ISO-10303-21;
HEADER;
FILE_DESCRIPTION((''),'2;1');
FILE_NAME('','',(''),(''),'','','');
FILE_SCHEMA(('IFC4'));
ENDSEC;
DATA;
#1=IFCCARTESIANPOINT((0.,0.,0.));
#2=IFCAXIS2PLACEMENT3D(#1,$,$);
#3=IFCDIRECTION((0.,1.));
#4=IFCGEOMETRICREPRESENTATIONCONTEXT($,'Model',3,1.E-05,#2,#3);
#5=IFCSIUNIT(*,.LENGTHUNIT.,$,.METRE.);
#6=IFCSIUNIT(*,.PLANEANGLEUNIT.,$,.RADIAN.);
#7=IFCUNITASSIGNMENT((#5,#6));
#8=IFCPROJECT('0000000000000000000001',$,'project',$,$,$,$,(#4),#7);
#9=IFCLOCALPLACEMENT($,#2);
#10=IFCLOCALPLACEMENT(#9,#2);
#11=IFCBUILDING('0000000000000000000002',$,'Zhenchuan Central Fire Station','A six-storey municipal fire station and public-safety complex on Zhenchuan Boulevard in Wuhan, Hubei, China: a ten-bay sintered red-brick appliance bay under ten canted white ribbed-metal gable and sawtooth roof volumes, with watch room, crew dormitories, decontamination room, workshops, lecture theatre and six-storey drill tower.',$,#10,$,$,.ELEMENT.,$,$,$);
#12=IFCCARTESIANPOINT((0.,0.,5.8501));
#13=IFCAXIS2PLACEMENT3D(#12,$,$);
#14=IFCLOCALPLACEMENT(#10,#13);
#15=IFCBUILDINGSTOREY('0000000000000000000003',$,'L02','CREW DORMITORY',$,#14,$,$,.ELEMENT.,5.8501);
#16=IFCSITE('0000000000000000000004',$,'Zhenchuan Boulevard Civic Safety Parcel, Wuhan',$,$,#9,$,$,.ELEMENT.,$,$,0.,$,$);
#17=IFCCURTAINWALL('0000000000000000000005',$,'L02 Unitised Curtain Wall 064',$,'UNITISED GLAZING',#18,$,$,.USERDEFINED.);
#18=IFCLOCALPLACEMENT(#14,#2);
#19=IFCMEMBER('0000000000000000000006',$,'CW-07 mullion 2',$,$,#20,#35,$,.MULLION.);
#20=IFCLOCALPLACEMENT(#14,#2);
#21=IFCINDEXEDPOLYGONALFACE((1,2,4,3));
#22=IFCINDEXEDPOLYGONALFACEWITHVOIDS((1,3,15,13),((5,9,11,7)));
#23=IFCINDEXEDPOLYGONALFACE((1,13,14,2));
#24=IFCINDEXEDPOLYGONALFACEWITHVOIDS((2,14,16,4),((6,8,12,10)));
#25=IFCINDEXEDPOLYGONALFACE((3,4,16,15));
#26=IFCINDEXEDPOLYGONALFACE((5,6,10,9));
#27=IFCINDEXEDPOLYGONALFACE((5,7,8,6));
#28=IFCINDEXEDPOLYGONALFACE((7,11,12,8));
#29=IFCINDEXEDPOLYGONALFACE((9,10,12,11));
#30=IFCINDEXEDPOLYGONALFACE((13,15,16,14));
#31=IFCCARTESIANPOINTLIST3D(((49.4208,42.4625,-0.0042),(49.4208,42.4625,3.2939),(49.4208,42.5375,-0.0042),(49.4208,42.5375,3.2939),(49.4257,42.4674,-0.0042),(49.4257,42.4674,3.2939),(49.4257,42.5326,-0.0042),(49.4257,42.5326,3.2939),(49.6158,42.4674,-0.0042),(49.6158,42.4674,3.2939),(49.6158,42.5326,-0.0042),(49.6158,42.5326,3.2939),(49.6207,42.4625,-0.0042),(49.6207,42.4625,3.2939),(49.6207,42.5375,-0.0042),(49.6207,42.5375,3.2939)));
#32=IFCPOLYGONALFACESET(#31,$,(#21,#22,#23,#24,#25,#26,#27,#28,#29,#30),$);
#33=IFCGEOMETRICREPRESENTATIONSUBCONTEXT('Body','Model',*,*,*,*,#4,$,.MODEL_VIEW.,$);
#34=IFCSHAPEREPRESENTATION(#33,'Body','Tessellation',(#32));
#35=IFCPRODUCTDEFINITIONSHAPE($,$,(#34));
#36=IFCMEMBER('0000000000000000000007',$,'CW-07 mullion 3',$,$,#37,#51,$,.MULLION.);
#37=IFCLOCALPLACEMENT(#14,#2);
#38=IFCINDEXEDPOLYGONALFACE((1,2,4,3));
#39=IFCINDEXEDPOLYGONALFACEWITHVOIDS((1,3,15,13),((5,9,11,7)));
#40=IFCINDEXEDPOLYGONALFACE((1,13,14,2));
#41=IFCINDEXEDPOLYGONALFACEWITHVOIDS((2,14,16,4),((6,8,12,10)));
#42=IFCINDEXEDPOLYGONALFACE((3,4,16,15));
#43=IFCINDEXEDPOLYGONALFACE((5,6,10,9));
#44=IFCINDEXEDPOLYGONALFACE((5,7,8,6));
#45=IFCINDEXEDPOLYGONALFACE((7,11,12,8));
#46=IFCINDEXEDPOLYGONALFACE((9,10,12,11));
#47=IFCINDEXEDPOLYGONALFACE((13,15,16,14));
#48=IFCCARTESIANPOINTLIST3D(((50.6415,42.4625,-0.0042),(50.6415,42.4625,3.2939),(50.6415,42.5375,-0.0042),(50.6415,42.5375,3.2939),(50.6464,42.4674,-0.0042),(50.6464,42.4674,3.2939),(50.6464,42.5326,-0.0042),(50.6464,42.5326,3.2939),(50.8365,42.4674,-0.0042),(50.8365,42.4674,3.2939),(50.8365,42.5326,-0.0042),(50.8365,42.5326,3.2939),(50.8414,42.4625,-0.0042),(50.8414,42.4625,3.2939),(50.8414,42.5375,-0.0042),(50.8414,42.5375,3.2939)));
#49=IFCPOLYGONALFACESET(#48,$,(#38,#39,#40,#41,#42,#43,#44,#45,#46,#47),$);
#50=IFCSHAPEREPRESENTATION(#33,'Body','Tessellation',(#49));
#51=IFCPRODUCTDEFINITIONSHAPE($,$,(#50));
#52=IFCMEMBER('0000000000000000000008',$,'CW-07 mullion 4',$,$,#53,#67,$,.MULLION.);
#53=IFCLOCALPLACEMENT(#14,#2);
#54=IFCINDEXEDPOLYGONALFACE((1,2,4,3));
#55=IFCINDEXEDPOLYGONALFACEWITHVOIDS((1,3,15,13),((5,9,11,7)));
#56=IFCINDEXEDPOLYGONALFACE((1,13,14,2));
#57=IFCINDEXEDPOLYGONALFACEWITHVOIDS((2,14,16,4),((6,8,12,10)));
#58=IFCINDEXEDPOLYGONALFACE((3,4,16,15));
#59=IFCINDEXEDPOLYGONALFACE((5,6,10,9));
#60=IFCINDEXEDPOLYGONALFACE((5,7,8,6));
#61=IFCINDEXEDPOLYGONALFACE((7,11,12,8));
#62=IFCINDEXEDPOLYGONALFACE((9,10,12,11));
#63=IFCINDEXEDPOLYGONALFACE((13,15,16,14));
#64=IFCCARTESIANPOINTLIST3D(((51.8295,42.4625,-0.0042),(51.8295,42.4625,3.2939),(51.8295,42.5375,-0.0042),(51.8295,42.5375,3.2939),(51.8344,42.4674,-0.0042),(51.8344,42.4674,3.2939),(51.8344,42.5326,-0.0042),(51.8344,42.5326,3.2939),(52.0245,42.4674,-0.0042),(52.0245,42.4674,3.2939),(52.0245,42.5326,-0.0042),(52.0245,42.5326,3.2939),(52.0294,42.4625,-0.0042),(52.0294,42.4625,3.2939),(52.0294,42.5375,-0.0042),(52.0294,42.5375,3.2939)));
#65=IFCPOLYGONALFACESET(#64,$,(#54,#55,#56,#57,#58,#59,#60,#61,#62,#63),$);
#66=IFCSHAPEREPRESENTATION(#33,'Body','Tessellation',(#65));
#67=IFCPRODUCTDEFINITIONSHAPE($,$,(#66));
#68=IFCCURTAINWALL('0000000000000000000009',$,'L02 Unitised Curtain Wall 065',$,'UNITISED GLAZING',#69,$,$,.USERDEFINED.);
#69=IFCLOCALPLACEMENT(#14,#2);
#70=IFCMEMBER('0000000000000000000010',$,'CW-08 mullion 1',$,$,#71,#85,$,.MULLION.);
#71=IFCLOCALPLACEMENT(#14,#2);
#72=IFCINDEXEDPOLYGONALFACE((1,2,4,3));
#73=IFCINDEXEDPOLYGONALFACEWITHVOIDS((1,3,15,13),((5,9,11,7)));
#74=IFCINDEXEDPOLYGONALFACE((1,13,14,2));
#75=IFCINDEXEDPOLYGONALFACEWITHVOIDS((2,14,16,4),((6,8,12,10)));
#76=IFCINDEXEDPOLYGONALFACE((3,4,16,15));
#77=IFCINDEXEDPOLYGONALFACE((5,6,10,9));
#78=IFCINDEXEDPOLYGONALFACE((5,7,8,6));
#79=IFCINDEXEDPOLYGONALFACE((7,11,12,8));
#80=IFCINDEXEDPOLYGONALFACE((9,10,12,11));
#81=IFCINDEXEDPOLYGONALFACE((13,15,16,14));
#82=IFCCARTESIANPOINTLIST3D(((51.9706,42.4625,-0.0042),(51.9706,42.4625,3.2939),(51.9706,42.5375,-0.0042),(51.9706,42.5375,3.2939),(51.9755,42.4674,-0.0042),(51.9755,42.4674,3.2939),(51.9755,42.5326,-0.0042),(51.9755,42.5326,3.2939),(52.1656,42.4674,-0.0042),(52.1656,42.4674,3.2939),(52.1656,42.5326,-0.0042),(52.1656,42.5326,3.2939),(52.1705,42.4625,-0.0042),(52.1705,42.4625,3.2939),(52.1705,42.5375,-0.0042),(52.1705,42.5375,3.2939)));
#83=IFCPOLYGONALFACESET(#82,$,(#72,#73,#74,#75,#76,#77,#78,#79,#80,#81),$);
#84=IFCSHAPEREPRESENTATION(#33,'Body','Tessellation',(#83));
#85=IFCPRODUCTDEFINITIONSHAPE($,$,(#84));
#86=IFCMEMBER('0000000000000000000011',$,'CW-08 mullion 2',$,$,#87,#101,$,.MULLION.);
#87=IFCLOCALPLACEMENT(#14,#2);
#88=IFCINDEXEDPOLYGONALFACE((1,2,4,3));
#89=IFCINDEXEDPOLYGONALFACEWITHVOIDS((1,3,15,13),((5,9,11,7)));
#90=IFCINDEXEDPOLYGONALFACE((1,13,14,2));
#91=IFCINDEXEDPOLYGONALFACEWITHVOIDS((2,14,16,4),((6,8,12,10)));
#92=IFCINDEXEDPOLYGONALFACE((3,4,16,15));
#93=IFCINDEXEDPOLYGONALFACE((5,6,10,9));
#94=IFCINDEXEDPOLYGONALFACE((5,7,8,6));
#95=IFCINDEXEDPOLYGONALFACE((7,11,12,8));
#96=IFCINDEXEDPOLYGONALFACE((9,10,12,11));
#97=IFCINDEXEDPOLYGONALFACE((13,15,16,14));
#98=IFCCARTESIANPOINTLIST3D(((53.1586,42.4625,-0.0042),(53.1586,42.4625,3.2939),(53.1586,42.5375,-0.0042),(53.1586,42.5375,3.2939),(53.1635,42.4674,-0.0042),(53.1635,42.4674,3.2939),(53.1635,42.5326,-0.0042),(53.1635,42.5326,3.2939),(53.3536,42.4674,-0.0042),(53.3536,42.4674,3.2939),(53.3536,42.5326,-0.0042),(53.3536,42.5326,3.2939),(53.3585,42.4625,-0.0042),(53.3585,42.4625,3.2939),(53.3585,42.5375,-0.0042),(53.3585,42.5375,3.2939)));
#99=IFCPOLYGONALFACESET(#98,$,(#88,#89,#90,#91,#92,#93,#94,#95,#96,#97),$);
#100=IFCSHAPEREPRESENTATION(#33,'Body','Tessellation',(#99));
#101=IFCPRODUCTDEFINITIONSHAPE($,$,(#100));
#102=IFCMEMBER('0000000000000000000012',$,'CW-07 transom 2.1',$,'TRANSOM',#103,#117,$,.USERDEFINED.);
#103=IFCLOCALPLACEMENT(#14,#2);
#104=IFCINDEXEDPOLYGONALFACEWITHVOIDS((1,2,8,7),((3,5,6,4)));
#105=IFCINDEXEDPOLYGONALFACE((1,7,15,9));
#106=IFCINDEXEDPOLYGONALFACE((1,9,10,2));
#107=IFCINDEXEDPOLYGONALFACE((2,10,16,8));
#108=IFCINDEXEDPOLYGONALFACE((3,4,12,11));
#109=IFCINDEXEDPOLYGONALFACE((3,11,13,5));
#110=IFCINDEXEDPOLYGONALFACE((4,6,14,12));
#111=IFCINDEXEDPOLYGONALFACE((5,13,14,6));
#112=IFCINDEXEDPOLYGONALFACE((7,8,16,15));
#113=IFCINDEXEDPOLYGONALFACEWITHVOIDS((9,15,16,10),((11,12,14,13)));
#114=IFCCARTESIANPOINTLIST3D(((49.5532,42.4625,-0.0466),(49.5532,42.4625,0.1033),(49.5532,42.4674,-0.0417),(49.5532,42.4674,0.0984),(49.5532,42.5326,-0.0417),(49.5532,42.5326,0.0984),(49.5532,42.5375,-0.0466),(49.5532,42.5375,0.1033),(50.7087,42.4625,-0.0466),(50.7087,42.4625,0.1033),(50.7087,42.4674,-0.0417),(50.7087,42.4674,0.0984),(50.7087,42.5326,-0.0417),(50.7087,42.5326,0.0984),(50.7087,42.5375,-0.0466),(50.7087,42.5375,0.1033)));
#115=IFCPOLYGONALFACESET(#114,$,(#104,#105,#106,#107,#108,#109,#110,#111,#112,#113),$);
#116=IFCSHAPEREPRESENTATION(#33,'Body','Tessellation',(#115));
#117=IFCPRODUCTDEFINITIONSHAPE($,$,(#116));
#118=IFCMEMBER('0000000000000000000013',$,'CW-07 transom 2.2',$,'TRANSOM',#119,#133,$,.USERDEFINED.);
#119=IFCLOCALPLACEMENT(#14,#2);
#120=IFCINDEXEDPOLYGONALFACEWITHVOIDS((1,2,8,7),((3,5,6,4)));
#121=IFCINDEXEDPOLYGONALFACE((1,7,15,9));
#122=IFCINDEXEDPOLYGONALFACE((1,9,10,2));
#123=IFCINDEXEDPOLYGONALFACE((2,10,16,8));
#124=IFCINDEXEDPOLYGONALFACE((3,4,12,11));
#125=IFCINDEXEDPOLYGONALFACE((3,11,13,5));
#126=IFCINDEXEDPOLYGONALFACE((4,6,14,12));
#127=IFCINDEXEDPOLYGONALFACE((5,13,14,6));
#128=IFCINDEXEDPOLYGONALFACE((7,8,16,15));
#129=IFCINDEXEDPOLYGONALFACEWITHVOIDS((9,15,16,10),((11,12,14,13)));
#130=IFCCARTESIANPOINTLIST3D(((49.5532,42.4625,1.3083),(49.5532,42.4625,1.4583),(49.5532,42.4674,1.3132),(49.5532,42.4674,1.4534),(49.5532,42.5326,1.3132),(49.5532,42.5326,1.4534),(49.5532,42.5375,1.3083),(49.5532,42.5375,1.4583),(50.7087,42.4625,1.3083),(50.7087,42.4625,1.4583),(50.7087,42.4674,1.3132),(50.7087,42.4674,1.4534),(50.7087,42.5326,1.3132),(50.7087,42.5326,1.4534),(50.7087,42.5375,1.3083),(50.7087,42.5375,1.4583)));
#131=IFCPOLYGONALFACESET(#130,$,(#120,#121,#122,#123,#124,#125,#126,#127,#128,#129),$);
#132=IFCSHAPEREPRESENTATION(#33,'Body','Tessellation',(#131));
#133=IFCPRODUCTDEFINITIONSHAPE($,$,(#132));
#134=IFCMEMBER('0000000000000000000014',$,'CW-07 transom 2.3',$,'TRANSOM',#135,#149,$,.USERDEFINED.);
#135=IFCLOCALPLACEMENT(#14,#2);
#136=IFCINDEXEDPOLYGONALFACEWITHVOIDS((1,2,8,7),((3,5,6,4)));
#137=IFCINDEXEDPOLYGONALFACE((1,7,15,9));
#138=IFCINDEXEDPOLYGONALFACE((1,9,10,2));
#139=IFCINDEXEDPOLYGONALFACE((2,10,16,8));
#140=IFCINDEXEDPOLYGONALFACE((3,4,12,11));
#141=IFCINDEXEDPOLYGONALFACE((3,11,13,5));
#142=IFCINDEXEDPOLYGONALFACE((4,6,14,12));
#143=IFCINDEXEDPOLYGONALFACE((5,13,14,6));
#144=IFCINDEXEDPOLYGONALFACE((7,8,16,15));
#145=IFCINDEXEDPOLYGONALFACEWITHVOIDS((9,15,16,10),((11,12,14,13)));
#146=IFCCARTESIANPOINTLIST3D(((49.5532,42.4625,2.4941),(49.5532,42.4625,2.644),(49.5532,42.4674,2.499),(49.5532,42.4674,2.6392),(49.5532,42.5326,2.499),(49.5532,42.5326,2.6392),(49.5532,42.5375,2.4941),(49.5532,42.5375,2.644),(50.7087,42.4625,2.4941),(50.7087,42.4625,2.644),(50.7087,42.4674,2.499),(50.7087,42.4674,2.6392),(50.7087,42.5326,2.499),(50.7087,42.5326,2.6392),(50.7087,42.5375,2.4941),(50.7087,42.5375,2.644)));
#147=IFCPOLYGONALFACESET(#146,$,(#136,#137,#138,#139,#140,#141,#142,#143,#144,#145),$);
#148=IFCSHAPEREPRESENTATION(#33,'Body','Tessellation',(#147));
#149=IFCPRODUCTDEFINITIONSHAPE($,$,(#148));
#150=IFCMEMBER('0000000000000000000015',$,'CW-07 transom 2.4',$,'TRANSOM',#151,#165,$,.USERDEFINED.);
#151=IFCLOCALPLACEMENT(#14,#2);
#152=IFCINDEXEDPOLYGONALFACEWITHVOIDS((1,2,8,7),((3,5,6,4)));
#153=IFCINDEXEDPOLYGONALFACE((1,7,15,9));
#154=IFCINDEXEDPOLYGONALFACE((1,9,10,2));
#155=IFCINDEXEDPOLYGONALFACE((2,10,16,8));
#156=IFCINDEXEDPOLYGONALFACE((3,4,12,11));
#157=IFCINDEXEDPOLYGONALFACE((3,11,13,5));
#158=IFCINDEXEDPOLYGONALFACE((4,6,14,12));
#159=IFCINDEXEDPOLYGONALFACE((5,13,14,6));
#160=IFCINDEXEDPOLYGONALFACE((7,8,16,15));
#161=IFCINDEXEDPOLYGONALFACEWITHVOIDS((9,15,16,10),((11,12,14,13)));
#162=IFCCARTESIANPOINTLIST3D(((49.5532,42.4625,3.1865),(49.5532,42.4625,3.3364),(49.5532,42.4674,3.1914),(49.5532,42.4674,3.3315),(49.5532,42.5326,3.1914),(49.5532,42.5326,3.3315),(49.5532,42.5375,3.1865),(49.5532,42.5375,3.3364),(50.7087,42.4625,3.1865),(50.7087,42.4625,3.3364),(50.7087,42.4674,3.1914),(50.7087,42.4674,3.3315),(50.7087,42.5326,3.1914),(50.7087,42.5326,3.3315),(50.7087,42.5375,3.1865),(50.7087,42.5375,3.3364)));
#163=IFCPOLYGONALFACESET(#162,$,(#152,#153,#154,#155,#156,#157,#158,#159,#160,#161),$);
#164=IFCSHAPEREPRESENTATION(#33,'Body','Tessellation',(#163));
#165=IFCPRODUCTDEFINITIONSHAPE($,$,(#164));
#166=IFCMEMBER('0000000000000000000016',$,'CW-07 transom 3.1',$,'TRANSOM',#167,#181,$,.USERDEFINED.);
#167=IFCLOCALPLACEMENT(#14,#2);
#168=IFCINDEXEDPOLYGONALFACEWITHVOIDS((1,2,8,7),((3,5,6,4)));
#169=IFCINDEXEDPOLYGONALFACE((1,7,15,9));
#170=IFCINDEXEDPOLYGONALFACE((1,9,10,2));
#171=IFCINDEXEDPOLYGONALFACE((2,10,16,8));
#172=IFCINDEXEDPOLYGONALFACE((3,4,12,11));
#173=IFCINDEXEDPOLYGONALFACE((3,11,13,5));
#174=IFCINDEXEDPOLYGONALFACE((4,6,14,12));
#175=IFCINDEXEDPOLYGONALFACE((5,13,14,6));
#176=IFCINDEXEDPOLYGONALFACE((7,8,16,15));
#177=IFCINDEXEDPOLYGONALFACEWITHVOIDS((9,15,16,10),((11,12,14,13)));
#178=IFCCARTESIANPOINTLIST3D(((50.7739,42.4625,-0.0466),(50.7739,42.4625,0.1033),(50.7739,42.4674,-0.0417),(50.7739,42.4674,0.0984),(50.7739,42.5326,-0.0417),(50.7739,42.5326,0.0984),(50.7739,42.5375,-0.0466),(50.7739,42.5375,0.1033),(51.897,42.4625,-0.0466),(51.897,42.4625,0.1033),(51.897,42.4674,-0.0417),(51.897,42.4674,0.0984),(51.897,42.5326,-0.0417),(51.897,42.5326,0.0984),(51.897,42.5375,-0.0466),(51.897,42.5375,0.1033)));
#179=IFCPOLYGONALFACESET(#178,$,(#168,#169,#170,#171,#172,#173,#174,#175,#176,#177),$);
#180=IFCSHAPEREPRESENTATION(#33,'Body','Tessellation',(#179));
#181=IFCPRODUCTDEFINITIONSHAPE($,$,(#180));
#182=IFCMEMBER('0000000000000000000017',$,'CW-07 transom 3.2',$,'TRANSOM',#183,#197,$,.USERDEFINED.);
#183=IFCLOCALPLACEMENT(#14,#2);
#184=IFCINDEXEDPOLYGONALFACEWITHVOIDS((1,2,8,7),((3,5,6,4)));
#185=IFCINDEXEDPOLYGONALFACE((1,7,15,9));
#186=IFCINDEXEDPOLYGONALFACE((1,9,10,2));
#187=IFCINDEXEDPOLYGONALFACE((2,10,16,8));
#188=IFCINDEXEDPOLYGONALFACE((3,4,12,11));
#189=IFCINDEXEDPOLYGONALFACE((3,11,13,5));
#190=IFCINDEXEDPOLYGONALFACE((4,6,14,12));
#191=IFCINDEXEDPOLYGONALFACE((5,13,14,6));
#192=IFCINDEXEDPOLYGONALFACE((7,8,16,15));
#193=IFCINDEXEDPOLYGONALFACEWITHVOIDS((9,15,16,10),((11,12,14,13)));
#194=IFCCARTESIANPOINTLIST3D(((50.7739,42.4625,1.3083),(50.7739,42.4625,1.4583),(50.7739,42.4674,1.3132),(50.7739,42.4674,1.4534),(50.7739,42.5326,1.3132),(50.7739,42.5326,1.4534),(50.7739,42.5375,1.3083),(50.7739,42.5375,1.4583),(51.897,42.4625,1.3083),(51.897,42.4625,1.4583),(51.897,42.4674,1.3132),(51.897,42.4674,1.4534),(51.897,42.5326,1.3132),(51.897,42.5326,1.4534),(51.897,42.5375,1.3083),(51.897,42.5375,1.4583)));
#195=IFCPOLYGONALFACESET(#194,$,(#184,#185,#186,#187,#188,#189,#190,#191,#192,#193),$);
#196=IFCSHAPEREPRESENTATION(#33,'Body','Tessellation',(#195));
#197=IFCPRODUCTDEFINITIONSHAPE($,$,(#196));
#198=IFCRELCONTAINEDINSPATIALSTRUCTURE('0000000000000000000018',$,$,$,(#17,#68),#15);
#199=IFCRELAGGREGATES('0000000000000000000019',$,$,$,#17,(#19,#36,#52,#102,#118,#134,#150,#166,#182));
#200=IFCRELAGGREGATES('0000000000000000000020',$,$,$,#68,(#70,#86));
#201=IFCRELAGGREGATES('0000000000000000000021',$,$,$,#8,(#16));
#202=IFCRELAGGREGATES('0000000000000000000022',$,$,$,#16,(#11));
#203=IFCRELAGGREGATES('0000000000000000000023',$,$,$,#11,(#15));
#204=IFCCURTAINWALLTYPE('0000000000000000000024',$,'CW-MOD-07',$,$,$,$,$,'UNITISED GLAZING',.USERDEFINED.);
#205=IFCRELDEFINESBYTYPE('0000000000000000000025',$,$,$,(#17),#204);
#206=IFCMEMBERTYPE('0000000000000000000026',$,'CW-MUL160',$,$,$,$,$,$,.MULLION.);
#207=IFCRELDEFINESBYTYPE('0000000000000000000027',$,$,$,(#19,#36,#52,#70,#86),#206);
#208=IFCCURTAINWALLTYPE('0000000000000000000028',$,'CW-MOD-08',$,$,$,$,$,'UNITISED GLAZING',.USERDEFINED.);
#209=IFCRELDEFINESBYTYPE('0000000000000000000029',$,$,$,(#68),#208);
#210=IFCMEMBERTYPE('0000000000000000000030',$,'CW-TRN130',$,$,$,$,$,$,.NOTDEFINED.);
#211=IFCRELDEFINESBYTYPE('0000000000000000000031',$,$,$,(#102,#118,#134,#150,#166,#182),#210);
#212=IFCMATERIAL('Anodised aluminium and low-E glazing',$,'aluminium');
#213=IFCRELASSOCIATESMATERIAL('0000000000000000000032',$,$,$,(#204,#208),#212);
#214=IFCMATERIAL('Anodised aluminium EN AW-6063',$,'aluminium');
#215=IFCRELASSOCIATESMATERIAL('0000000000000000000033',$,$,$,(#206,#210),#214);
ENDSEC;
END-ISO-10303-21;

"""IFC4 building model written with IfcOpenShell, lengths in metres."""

from ifc_helpers import new_model, si_unit, direction, frame, origin, origin_2d, place, context, subcontext, project, spatial, hollow_rectangle, extrude, material, material_profile, profile_set, type_object, element, aggregate, save


model = new_model("IFC4")

# Units and contexts
model_context = context("Model", 3, precision=1e-05, world=origin(), true_north=direction((0.0, 1.0)))
body_context = subcontext(model_context, "Body", "Model", "MODEL_VIEW")
ifc_project = project(units=[si_unit("LENGTHUNIT", "METRE"), si_unit("PLANEANGLEUNIT", "RADIAN")], contexts=[model_context])

# Site, building, storey
site_placement = place(None, origin())
site = spatial("IfcSite", under=ifc_project, at=site_placement, Name="Zhenchuan Boulevard Civic Safety Parcel, Wuhan", CompositionType="ELEMENT", RefElevation=0.0)
building_placement = place(site_placement, origin())
building = spatial("IfcBuilding", under=site, at=building_placement, Name="Zhenchuan Central Fire Station", Description="A six-storey municipal fire station and public-safety complex on Zhenchuan Boulevard in Wuhan, Hubei, China: a ten-bay sintered red-brick appliance bay under ten canted white ribbed-metal gable and sawtooth roof volumes, with watch room, crew dormitories, decontamination room, workshops, lecture theatre and six-storey drill tower.", CompositionType="ELEMENT")
storey_placement = place(building_placement, frame((0.0, 0.0, 5.8501)))
storey = spatial("IfcBuildingStorey", under=building, at=storey_placement, Name="L02", Description="CREW DORMITORY", CompositionType="ELEMENT", Elevation=5.8501)

# Curtain walls, members
ifc_material_1 = material(Name="Anodised aluminium and low-E glazing", Category="aluminium")
curtain_wall_type_1 = type_object("IfcCurtainWallType", Name="CW-MOD-07", ElementType="UNITISED GLAZING", PredefinedType="USERDEFINED", material=ifc_material_1)
curtain_wall_1_placement = place(storey_placement, origin())
curtain_wall_1 = element("IfcCurtainWall", 1, at=curtain_wall_1_placement, inside=storey, type_object=curtain_wall_type_1, Name="L02 Unitised Curtain Wall 064", ObjectType="UNITISED GLAZING", PredefinedType="USERDEFINED")
ifc_material_2 = material(Name="Anodised aluminium EN AW-6063", Category="aluminium")
ifc_material_profile_1 = material_profile(ifc_material_2, hollow_rectangle(XDim=0.075, YDim=0.2, WallThickness=0.0049, at=origin_2d()), Name="ALU-M 200x75")
ifc_profile_set_1 = profile_set([ifc_material_profile_1], Name="Anodised aluminium EN AW-6063")
member_type_1 = type_object("IfcMemberType", Name="CW-MUL160", PredefinedType="MULLION", material=ifc_profile_set_1)
member_1_placement = place(storey_placement, frame((49.5208, 42.5, -0.0042), z_axis=(0.0, 0.0, 1.0), x_axis=(0.0, 1.0, 0.0)))
member_1 = element("IfcMember", 2, at=member_1_placement, type_object=member_type_1, Name="CW-07 mullion 2", PredefinedType="MULLION", context=body_context, shape_type="SweptSolid", body=[
    extrude(hollow_rectangle(XDim=0.075, YDim=0.2, WallThickness=0.0049, at=origin_2d()), origin(), (0.0, 0.0, 1.0), 3.2981),
])
member_2_placement = place(storey_placement, frame((50.7415, 42.5, -0.0042), z_axis=(0.0, 0.0, 1.0), x_axis=(0.0, 1.0, 0.0)))
member_2 = element("IfcMember", 3, at=member_2_placement, type_object=member_type_1, Name="CW-07 mullion 3", PredefinedType="MULLION", context=body_context, shape_type="SweptSolid", body=[
    extrude(hollow_rectangle(XDim=0.075, YDim=0.2, WallThickness=0.0049, at=origin_2d()), origin(), (0.0, 0.0, 1.0), 3.2981),
])
member_3_placement = place(storey_placement, frame((51.9294, 42.5, -0.0042), z_axis=(0.0, 0.0, 1.0), x_axis=(0.0, 1.0, 0.0)))
member_3 = element("IfcMember", 4, at=member_3_placement, type_object=member_type_1, Name="CW-07 mullion 4", PredefinedType="MULLION", context=body_context, shape_type="SweptSolid", body=[
    extrude(hollow_rectangle(XDim=0.075, YDim=0.2, WallThickness=0.0049, at=origin_2d()), origin(), (0.0, 0.0, 1.0), 3.2981),
])
curtain_wall_type_2 = type_object("IfcCurtainWallType", Name="CW-MOD-08", ElementType="UNITISED GLAZING", PredefinedType="USERDEFINED", material=ifc_material_1)
curtain_wall_2_placement = place(storey_placement, origin())
curtain_wall_2 = element("IfcCurtainWall", 5, at=curtain_wall_2_placement, inside=storey, type_object=curtain_wall_type_2, Name="L02 Unitised Curtain Wall 065", ObjectType="UNITISED GLAZING", PredefinedType="USERDEFINED")
member_4_placement = place(storey_placement, frame((52.0706, 42.5, -0.0042), z_axis=(0.0, 0.0, 1.0), x_axis=(0.0, 1.0, 0.0)))
member_4 = element("IfcMember", 6, at=member_4_placement, type_object=member_type_1, Name="CW-08 mullion 1", PredefinedType="MULLION", context=body_context, shape_type="SweptSolid", body=[
    extrude(hollow_rectangle(XDim=0.075, YDim=0.2, WallThickness=0.0049, at=origin_2d()), origin(), (0.0, 0.0, 1.0), 3.2981),
])
member_5_placement = place(storey_placement, frame((53.2585, 42.5, -0.0042), z_axis=(0.0, 0.0, 1.0), x_axis=(0.0, 1.0, 0.0)))
member_5 = element("IfcMember", 7, at=member_5_placement, type_object=member_type_1, Name="CW-08 mullion 2", PredefinedType="MULLION", context=body_context, shape_type="SweptSolid", body=[
    extrude(hollow_rectangle(XDim=0.075, YDim=0.2, WallThickness=0.0049, at=origin_2d()), origin(), (0.0, 0.0, 1.0), 3.2981),
])

# Members
ifc_material_profile_2 = material_profile(ifc_material_2, hollow_rectangle(XDim=0.075, YDim=0.1499, WallThickness=0.0049, at=origin_2d()), Name="ALU-T 150x75")
ifc_profile_set_2 = profile_set([ifc_material_profile_2], Name="Anodised aluminium EN AW-6063")
member_type_2 = type_object("IfcMemberType", Name="CW-TRN130", PredefinedType="NOTDEFINED", material=ifc_profile_set_2)
member_6_placement = place(storey_placement, frame((49.5532, 42.5, 0.0283), z_axis=(1.0, 0.0, 0.0), x_axis=(0.0, 1.0, 0.0)))
member_6 = element("IfcMember", 8, at=member_6_placement, type_object=member_type_2, Name="CW-07 transom 2.1", ObjectType="TRANSOM", PredefinedType="USERDEFINED", context=body_context, shape_type="SweptSolid", body=[
    extrude(hollow_rectangle(XDim=0.075, YDim=0.1499, WallThickness=0.0049, at=origin_2d()), origin(), (0.0, 0.0, 1.0), 1.1555),
])
member_7_placement = place(storey_placement, frame((49.5532, 42.5, 1.3833), z_axis=(1.0, 0.0, 0.0), x_axis=(0.0, 1.0, 0.0)))
member_7 = element("IfcMember", 9, at=member_7_placement, type_object=member_type_2, Name="CW-07 transom 2.2", ObjectType="TRANSOM", PredefinedType="USERDEFINED", context=body_context, shape_type="SweptSolid", body=[
    extrude(hollow_rectangle(XDim=0.075, YDim=0.1499, WallThickness=0.0049, at=origin_2d()), origin(), (0.0, 0.0, 1.0), 1.1555),
])
member_8_placement = place(storey_placement, frame((49.5532, 42.5, 2.5691), z_axis=(1.0, 0.0, 0.0), x_axis=(0.0, 1.0, 0.0)))
member_8 = element("IfcMember", 10, at=member_8_placement, type_object=member_type_2, Name="CW-07 transom 2.3", ObjectType="TRANSOM", PredefinedType="USERDEFINED", context=body_context, shape_type="SweptSolid", body=[
    extrude(hollow_rectangle(XDim=0.075, YDim=0.1499, WallThickness=0.0049, at=origin_2d()), origin(), (0.0, 0.0, 1.0), 1.1555),
])
member_9_placement = place(storey_placement, frame((49.5532, 42.5, 3.2615), z_axis=(1.0, 0.0, 0.0), x_axis=(0.0, 1.0, 0.0)))
member_9 = element("IfcMember", 11, at=member_9_placement, type_object=member_type_2, Name="CW-07 transom 2.4", ObjectType="TRANSOM", PredefinedType="USERDEFINED", context=body_context, shape_type="SweptSolid", body=[
    extrude(hollow_rectangle(XDim=0.075, YDim=0.1499, WallThickness=0.0049, at=origin_2d()), origin(), (0.0, 0.0, 1.0), 1.1555),
])
member_10_placement = place(storey_placement, frame((50.7739, 42.5, 0.0283), z_axis=(1.0, 0.0, 0.0), x_axis=(0.0, 1.0, 0.0)))
member_10 = element("IfcMember", 12, at=member_10_placement, type_object=member_type_2, Name="CW-07 transom 3.1", ObjectType="TRANSOM", PredefinedType="USERDEFINED", context=body_context, shape_type="SweptSolid", body=[
    extrude(hollow_rectangle(XDim=0.075, YDim=0.1499, WallThickness=0.0049, at=origin_2d()), origin(), (0.0, 0.0, 1.0), 1.123),
])
member_11_placement = place(storey_placement, frame((50.7739, 42.5, 1.3833), z_axis=(1.0, 0.0, 0.0), x_axis=(0.0, 1.0, 0.0)))
member_11 = element("IfcMember", 13, at=member_11_placement, type_object=member_type_2, Name="CW-07 transom 3.2", ObjectType="TRANSOM", PredefinedType="USERDEFINED", context=body_context, shape_type="SweptSolid", body=[
    extrude(hollow_rectangle(XDim=0.075, YDim=0.1499, WallThickness=0.0049, at=origin_2d()), origin(), (0.0, 0.0, 1.0), 1.123),
])

aggregate(curtain_wall_1, [member_1, member_2, member_3, member_6, member_7, member_8, member_9, member_10, member_11])
aggregate(curtain_wall_2, [member_4, member_5])

save(model, "model.ifc")
